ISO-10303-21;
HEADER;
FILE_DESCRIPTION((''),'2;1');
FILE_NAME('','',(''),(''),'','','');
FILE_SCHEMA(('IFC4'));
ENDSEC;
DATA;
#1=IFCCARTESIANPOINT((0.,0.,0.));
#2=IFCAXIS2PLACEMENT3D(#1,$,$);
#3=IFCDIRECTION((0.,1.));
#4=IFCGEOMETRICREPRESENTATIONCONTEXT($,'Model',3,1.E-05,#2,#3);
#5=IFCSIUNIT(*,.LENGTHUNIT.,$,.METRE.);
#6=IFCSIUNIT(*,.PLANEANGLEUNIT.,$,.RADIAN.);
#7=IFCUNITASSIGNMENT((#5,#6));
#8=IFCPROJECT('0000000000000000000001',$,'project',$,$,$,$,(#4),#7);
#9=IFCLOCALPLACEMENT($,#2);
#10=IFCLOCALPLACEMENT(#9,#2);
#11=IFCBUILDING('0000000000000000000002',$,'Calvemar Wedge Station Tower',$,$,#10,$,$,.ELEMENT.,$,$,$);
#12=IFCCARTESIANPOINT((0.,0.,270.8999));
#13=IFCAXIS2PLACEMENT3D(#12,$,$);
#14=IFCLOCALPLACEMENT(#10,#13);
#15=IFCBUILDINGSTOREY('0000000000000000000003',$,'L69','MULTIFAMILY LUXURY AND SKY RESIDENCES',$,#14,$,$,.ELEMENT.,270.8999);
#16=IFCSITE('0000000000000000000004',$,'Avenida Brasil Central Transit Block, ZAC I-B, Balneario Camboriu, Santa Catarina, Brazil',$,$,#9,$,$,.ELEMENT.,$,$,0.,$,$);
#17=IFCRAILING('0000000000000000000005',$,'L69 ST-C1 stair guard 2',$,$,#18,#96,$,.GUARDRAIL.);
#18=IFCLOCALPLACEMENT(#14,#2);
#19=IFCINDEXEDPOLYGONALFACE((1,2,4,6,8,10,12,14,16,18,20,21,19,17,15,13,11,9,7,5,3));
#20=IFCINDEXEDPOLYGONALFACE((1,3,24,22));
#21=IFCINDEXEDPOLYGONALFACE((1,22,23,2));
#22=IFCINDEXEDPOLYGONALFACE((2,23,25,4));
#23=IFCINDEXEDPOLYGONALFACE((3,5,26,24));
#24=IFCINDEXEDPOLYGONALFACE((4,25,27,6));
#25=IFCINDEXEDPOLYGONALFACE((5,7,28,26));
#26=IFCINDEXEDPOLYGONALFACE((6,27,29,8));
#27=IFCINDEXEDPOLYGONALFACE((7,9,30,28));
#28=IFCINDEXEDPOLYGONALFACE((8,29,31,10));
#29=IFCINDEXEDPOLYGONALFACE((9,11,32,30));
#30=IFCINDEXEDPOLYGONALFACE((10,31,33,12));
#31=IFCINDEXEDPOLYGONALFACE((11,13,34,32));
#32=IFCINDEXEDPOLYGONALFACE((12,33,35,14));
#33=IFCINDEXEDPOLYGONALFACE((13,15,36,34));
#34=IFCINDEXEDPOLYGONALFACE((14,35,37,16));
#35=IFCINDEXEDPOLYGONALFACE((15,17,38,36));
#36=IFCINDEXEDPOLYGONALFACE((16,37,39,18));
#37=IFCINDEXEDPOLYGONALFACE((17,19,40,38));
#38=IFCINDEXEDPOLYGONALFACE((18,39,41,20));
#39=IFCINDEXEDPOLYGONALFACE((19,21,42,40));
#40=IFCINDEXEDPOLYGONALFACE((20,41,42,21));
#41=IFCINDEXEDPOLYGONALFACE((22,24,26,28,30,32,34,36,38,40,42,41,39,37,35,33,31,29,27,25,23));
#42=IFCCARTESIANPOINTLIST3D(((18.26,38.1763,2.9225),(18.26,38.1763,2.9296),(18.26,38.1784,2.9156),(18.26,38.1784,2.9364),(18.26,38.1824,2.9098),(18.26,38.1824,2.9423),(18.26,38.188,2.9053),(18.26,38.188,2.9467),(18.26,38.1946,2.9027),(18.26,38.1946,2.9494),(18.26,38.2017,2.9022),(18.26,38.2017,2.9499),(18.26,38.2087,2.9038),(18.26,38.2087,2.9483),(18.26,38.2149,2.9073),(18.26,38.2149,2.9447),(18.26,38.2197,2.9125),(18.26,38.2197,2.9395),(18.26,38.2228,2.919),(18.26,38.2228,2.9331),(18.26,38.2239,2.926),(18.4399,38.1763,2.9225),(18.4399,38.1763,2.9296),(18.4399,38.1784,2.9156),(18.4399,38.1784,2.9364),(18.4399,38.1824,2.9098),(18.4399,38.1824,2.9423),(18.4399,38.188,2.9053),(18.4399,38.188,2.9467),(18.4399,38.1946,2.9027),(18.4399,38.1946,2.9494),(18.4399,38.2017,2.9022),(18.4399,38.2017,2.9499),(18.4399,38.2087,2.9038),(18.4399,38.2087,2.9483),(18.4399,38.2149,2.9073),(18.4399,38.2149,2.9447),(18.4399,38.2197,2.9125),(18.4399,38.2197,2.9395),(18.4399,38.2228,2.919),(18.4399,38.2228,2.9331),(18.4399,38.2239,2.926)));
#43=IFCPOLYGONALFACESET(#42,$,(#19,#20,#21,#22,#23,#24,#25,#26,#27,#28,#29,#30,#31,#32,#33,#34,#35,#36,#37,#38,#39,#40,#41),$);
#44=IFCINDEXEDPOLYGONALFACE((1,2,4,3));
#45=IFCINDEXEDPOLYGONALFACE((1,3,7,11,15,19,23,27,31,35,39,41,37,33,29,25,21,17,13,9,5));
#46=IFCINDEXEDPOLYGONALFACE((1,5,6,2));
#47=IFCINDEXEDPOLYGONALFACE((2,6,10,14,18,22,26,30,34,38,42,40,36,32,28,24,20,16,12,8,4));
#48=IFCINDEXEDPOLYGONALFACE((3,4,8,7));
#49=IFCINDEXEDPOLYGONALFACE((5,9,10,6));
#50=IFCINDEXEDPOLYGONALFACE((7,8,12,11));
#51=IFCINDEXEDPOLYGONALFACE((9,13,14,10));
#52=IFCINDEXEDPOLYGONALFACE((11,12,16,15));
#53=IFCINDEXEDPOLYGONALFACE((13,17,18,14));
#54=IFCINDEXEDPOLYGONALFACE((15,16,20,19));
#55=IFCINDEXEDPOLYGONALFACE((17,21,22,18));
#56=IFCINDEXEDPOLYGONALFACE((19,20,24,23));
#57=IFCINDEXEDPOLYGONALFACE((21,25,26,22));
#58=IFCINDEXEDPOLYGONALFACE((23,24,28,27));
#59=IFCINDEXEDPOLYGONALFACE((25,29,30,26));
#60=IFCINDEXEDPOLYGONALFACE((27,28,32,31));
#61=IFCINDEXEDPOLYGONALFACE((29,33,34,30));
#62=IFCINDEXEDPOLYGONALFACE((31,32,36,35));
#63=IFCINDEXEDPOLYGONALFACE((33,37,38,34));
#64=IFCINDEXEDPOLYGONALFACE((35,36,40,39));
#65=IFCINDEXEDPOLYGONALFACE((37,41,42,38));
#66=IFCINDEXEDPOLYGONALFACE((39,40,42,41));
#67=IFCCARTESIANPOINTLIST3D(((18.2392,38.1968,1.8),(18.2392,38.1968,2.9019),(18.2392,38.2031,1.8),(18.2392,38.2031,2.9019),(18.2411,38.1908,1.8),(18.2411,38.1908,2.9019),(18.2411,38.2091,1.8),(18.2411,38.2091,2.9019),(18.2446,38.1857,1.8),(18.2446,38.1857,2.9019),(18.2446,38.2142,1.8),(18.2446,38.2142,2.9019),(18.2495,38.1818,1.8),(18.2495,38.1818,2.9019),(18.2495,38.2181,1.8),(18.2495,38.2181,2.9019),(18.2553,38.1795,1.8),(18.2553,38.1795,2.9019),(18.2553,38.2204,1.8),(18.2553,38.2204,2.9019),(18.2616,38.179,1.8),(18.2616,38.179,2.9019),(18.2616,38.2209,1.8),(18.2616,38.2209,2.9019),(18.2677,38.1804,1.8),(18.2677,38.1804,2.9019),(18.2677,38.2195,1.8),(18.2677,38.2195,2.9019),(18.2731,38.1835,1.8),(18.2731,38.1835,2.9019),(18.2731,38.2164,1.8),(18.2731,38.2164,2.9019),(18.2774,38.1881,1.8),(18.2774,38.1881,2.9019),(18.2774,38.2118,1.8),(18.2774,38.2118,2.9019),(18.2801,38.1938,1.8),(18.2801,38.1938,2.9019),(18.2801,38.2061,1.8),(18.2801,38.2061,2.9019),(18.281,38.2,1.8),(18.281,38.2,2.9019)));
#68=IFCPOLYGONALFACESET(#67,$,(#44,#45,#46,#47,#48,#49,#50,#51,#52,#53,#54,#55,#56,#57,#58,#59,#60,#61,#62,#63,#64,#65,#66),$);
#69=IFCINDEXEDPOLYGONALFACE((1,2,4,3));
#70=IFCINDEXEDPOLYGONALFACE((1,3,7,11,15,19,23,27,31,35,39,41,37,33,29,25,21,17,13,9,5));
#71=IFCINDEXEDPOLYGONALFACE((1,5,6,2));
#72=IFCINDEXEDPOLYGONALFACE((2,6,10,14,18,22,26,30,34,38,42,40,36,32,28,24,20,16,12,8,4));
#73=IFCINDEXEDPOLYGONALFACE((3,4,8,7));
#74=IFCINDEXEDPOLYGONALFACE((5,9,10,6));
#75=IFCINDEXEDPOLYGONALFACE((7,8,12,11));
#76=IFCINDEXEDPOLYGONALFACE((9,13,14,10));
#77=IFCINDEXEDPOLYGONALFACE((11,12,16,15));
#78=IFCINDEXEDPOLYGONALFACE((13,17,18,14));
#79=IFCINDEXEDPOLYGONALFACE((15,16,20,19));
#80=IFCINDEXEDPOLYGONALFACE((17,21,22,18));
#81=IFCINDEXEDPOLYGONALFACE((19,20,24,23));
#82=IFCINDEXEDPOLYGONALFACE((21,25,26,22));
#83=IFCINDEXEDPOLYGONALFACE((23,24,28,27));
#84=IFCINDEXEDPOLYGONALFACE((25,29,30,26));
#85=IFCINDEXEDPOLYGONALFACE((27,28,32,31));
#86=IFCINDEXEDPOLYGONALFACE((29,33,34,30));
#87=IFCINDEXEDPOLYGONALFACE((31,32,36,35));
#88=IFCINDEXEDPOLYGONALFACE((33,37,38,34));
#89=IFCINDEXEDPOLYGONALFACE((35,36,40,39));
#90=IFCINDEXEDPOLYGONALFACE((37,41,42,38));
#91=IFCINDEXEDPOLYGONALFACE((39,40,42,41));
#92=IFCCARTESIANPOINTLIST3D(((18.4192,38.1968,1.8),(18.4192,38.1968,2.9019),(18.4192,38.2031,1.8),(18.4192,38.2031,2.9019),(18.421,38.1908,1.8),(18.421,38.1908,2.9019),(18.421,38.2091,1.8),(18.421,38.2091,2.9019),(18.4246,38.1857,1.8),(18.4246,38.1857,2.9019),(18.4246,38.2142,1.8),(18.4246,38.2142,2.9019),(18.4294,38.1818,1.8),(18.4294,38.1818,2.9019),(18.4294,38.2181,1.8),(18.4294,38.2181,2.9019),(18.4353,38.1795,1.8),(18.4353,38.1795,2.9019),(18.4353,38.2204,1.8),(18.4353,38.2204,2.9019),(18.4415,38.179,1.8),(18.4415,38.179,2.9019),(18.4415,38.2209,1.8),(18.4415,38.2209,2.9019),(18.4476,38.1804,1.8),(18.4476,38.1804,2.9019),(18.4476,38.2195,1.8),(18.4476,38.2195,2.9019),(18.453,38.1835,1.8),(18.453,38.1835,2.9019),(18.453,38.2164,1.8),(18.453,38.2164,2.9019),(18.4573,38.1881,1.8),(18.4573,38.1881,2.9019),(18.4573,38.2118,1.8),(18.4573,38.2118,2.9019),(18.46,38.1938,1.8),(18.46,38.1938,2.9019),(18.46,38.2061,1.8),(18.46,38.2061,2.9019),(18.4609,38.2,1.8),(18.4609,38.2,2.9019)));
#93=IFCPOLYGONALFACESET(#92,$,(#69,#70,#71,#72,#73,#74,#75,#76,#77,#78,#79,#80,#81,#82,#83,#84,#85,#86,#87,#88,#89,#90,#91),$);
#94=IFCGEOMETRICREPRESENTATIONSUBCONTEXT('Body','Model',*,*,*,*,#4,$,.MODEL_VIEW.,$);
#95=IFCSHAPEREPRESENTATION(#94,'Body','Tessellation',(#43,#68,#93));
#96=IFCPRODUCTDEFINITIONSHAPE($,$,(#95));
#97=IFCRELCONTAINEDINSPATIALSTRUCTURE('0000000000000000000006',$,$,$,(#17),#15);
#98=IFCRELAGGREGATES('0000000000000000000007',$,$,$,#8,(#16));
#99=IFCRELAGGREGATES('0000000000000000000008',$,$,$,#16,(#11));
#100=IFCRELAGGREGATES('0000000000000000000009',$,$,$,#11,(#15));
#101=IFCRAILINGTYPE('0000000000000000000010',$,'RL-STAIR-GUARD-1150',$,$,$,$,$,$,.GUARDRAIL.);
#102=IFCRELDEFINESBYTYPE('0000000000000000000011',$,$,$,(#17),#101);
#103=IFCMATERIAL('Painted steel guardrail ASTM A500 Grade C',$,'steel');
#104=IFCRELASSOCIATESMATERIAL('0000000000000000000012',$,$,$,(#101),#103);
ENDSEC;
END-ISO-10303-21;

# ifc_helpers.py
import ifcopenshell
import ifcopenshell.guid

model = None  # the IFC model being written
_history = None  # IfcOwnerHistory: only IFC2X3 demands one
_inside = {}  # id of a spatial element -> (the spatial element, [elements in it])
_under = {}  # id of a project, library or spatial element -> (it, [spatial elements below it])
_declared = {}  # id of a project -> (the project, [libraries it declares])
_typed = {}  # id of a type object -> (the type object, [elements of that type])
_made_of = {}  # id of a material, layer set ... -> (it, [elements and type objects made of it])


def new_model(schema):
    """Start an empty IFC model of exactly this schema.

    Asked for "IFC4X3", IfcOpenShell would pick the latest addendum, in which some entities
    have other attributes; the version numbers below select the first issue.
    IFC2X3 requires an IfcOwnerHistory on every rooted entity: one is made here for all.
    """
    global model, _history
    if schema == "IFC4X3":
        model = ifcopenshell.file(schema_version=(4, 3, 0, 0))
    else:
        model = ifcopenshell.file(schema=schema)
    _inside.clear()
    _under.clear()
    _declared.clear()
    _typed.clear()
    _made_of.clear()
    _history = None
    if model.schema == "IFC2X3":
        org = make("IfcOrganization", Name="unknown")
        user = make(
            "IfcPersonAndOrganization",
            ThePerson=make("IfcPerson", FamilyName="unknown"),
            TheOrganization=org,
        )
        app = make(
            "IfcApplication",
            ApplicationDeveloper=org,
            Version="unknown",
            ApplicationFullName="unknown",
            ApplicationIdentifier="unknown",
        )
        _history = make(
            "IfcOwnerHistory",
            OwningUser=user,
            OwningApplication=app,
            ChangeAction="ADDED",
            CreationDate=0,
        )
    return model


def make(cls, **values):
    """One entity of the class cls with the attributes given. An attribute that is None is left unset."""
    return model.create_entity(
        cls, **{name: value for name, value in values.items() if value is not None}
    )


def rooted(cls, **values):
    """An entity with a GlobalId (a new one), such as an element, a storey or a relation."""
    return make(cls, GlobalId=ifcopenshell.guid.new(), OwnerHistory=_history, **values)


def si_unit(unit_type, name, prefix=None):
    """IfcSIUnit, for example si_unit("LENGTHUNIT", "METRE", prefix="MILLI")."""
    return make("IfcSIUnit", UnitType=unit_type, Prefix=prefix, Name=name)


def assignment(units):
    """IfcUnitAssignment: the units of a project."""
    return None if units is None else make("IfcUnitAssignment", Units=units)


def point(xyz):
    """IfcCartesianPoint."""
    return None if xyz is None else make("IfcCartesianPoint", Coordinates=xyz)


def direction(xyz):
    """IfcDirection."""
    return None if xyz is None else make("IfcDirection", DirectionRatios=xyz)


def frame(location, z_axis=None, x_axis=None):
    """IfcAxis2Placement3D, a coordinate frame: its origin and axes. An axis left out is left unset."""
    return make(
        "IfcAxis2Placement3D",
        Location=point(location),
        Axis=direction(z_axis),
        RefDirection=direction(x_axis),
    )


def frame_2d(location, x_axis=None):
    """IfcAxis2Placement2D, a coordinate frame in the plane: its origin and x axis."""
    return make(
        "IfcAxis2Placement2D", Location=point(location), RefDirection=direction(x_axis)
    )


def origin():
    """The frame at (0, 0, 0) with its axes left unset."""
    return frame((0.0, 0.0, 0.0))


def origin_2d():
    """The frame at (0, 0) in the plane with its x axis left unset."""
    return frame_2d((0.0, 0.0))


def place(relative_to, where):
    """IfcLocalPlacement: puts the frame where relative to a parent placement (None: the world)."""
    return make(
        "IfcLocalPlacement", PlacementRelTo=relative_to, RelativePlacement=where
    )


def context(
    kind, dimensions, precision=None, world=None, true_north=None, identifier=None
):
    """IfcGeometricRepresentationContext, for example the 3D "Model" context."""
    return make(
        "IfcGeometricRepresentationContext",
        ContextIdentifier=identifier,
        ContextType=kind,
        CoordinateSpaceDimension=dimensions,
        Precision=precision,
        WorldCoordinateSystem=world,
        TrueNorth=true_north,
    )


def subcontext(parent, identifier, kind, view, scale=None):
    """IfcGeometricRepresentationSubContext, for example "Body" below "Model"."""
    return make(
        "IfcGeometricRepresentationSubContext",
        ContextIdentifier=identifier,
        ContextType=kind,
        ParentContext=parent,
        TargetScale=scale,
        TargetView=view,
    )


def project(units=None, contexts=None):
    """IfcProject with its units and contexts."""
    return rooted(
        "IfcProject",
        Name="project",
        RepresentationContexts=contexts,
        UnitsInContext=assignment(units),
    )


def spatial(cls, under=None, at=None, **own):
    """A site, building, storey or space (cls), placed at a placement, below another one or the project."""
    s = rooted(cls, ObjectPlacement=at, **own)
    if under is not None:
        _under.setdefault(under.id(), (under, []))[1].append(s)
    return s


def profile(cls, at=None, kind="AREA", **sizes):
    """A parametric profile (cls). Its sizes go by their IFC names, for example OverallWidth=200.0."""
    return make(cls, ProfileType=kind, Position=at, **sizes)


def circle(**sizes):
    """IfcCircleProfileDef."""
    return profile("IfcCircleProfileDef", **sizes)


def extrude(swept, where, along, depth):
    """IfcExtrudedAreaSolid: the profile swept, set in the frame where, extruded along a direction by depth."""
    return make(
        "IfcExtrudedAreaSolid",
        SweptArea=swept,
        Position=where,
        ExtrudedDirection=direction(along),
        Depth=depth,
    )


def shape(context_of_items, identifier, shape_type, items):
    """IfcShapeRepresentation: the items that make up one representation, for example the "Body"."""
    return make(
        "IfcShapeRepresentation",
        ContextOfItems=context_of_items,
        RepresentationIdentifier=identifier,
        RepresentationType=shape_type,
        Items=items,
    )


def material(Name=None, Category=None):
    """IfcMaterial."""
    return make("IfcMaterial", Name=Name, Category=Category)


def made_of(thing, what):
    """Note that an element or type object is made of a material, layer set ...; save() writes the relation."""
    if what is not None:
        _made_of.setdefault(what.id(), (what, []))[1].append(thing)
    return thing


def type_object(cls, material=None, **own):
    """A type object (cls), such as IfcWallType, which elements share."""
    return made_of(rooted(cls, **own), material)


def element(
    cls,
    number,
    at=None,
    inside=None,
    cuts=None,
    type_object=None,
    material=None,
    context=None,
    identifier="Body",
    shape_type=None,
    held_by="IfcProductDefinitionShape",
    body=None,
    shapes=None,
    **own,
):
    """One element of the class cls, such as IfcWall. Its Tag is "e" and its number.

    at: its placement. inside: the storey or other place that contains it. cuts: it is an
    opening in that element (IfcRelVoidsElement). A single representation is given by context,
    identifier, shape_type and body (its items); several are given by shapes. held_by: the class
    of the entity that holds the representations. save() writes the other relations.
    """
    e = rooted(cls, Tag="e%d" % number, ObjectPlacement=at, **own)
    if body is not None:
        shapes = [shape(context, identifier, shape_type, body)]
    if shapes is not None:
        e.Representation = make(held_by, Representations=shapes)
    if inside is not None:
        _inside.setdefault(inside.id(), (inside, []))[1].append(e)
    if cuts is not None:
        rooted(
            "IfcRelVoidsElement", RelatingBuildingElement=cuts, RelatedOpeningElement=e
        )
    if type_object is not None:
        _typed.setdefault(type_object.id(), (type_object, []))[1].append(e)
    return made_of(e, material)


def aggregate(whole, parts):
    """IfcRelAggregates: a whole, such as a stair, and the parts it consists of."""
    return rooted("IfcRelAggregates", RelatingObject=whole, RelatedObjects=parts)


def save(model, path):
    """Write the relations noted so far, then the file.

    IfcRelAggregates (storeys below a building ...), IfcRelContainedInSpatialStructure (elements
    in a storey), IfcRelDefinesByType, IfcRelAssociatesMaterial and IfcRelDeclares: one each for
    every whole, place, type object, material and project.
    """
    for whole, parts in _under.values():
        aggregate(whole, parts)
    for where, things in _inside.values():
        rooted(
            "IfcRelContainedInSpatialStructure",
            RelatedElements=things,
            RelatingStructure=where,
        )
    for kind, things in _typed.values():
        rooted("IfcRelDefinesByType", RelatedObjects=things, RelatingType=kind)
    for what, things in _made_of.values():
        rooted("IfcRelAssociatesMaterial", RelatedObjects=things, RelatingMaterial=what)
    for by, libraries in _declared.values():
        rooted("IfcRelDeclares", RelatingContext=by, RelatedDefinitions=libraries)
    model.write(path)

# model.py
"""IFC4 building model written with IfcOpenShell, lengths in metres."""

from ifc_helpers import new_model, si_unit, direction, frame, origin, origin_2d, place, context, subcontext, project, spatial, circle, extrude, material, type_object, element, save


model = new_model("IFC4")

# Units and contexts
model_context = context("Model", 3, precision=1e-05, world=origin(), true_north=direction((0.0, 1.0)))
body_context = subcontext(model_context, "Body", "Model", "MODEL_VIEW")
ifc_project = project(units=[si_unit("LENGTHUNIT", "METRE"), si_unit("PLANEANGLEUNIT", "RADIAN")], contexts=[model_context])

# Site, building, storey
site_placement = place(None, origin())
site = spatial("IfcSite", under=ifc_project, at=site_placement, Name="Avenida Brasil Central Transit Block, ZAC I-B, Balneario Camboriu, Santa Catarina, Brazil", CompositionType="ELEMENT", RefElevation=0.0)
building_placement = place(site_placement, origin())
building = spatial("IfcBuilding", under=site, at=building_placement, Name="Calvemar Wedge Station Tower", CompositionType="ELEMENT")
storey_placement = place(building_placement, frame((0.0, 0.0, 270.8999)))
storey = spatial("IfcBuildingStorey", under=building, at=storey_placement, Name="L69", Description="MULTIFAMILY LUXURY AND SKY RESIDENCES", CompositionType="ELEMENT", Elevation=270.8999)

# Railing
ifc_material_1 = material(Name="Painted steel guardrail ASTM A500 Grade C", Category="steel")
railing_type_1 = type_object("IfcRailingType", Name="RL-STAIR-GUARD-1150", PredefinedType="GUARDRAIL", material=ifc_material_1)
railing_1_placement = place(storey_placement, frame((18.26, 38.2, 1.8)))
element("IfcRailing", 1, at=railing_1_placement, inside=storey, type_object=railing_type_1, Name="L69 ST-C1 stair guard 2", PredefinedType="GUARDRAIL", context=body_context, shape_type="SweptSolid", body=[
    extrude(circle(Radius=0.0239, at=origin_2d()), frame((0.0, 0.0, 1.126), z_axis=(1.0, 0.0, 0.0), x_axis=(0.0, 1.0, 0.0)), (0.0, 0.0, 1.0), 0.1799),
    extrude(circle(Radius=0.021, at=origin_2d()), origin(), (0.0, 0.0, 1.0), 1.1018),
    extrude(circle(Radius=0.021, at=origin_2d()), frame((0.1799, 0.0, 0.0)), (0.0, 0.0, 1.0), 1.1018),
])

save(model, "model.ifc")
